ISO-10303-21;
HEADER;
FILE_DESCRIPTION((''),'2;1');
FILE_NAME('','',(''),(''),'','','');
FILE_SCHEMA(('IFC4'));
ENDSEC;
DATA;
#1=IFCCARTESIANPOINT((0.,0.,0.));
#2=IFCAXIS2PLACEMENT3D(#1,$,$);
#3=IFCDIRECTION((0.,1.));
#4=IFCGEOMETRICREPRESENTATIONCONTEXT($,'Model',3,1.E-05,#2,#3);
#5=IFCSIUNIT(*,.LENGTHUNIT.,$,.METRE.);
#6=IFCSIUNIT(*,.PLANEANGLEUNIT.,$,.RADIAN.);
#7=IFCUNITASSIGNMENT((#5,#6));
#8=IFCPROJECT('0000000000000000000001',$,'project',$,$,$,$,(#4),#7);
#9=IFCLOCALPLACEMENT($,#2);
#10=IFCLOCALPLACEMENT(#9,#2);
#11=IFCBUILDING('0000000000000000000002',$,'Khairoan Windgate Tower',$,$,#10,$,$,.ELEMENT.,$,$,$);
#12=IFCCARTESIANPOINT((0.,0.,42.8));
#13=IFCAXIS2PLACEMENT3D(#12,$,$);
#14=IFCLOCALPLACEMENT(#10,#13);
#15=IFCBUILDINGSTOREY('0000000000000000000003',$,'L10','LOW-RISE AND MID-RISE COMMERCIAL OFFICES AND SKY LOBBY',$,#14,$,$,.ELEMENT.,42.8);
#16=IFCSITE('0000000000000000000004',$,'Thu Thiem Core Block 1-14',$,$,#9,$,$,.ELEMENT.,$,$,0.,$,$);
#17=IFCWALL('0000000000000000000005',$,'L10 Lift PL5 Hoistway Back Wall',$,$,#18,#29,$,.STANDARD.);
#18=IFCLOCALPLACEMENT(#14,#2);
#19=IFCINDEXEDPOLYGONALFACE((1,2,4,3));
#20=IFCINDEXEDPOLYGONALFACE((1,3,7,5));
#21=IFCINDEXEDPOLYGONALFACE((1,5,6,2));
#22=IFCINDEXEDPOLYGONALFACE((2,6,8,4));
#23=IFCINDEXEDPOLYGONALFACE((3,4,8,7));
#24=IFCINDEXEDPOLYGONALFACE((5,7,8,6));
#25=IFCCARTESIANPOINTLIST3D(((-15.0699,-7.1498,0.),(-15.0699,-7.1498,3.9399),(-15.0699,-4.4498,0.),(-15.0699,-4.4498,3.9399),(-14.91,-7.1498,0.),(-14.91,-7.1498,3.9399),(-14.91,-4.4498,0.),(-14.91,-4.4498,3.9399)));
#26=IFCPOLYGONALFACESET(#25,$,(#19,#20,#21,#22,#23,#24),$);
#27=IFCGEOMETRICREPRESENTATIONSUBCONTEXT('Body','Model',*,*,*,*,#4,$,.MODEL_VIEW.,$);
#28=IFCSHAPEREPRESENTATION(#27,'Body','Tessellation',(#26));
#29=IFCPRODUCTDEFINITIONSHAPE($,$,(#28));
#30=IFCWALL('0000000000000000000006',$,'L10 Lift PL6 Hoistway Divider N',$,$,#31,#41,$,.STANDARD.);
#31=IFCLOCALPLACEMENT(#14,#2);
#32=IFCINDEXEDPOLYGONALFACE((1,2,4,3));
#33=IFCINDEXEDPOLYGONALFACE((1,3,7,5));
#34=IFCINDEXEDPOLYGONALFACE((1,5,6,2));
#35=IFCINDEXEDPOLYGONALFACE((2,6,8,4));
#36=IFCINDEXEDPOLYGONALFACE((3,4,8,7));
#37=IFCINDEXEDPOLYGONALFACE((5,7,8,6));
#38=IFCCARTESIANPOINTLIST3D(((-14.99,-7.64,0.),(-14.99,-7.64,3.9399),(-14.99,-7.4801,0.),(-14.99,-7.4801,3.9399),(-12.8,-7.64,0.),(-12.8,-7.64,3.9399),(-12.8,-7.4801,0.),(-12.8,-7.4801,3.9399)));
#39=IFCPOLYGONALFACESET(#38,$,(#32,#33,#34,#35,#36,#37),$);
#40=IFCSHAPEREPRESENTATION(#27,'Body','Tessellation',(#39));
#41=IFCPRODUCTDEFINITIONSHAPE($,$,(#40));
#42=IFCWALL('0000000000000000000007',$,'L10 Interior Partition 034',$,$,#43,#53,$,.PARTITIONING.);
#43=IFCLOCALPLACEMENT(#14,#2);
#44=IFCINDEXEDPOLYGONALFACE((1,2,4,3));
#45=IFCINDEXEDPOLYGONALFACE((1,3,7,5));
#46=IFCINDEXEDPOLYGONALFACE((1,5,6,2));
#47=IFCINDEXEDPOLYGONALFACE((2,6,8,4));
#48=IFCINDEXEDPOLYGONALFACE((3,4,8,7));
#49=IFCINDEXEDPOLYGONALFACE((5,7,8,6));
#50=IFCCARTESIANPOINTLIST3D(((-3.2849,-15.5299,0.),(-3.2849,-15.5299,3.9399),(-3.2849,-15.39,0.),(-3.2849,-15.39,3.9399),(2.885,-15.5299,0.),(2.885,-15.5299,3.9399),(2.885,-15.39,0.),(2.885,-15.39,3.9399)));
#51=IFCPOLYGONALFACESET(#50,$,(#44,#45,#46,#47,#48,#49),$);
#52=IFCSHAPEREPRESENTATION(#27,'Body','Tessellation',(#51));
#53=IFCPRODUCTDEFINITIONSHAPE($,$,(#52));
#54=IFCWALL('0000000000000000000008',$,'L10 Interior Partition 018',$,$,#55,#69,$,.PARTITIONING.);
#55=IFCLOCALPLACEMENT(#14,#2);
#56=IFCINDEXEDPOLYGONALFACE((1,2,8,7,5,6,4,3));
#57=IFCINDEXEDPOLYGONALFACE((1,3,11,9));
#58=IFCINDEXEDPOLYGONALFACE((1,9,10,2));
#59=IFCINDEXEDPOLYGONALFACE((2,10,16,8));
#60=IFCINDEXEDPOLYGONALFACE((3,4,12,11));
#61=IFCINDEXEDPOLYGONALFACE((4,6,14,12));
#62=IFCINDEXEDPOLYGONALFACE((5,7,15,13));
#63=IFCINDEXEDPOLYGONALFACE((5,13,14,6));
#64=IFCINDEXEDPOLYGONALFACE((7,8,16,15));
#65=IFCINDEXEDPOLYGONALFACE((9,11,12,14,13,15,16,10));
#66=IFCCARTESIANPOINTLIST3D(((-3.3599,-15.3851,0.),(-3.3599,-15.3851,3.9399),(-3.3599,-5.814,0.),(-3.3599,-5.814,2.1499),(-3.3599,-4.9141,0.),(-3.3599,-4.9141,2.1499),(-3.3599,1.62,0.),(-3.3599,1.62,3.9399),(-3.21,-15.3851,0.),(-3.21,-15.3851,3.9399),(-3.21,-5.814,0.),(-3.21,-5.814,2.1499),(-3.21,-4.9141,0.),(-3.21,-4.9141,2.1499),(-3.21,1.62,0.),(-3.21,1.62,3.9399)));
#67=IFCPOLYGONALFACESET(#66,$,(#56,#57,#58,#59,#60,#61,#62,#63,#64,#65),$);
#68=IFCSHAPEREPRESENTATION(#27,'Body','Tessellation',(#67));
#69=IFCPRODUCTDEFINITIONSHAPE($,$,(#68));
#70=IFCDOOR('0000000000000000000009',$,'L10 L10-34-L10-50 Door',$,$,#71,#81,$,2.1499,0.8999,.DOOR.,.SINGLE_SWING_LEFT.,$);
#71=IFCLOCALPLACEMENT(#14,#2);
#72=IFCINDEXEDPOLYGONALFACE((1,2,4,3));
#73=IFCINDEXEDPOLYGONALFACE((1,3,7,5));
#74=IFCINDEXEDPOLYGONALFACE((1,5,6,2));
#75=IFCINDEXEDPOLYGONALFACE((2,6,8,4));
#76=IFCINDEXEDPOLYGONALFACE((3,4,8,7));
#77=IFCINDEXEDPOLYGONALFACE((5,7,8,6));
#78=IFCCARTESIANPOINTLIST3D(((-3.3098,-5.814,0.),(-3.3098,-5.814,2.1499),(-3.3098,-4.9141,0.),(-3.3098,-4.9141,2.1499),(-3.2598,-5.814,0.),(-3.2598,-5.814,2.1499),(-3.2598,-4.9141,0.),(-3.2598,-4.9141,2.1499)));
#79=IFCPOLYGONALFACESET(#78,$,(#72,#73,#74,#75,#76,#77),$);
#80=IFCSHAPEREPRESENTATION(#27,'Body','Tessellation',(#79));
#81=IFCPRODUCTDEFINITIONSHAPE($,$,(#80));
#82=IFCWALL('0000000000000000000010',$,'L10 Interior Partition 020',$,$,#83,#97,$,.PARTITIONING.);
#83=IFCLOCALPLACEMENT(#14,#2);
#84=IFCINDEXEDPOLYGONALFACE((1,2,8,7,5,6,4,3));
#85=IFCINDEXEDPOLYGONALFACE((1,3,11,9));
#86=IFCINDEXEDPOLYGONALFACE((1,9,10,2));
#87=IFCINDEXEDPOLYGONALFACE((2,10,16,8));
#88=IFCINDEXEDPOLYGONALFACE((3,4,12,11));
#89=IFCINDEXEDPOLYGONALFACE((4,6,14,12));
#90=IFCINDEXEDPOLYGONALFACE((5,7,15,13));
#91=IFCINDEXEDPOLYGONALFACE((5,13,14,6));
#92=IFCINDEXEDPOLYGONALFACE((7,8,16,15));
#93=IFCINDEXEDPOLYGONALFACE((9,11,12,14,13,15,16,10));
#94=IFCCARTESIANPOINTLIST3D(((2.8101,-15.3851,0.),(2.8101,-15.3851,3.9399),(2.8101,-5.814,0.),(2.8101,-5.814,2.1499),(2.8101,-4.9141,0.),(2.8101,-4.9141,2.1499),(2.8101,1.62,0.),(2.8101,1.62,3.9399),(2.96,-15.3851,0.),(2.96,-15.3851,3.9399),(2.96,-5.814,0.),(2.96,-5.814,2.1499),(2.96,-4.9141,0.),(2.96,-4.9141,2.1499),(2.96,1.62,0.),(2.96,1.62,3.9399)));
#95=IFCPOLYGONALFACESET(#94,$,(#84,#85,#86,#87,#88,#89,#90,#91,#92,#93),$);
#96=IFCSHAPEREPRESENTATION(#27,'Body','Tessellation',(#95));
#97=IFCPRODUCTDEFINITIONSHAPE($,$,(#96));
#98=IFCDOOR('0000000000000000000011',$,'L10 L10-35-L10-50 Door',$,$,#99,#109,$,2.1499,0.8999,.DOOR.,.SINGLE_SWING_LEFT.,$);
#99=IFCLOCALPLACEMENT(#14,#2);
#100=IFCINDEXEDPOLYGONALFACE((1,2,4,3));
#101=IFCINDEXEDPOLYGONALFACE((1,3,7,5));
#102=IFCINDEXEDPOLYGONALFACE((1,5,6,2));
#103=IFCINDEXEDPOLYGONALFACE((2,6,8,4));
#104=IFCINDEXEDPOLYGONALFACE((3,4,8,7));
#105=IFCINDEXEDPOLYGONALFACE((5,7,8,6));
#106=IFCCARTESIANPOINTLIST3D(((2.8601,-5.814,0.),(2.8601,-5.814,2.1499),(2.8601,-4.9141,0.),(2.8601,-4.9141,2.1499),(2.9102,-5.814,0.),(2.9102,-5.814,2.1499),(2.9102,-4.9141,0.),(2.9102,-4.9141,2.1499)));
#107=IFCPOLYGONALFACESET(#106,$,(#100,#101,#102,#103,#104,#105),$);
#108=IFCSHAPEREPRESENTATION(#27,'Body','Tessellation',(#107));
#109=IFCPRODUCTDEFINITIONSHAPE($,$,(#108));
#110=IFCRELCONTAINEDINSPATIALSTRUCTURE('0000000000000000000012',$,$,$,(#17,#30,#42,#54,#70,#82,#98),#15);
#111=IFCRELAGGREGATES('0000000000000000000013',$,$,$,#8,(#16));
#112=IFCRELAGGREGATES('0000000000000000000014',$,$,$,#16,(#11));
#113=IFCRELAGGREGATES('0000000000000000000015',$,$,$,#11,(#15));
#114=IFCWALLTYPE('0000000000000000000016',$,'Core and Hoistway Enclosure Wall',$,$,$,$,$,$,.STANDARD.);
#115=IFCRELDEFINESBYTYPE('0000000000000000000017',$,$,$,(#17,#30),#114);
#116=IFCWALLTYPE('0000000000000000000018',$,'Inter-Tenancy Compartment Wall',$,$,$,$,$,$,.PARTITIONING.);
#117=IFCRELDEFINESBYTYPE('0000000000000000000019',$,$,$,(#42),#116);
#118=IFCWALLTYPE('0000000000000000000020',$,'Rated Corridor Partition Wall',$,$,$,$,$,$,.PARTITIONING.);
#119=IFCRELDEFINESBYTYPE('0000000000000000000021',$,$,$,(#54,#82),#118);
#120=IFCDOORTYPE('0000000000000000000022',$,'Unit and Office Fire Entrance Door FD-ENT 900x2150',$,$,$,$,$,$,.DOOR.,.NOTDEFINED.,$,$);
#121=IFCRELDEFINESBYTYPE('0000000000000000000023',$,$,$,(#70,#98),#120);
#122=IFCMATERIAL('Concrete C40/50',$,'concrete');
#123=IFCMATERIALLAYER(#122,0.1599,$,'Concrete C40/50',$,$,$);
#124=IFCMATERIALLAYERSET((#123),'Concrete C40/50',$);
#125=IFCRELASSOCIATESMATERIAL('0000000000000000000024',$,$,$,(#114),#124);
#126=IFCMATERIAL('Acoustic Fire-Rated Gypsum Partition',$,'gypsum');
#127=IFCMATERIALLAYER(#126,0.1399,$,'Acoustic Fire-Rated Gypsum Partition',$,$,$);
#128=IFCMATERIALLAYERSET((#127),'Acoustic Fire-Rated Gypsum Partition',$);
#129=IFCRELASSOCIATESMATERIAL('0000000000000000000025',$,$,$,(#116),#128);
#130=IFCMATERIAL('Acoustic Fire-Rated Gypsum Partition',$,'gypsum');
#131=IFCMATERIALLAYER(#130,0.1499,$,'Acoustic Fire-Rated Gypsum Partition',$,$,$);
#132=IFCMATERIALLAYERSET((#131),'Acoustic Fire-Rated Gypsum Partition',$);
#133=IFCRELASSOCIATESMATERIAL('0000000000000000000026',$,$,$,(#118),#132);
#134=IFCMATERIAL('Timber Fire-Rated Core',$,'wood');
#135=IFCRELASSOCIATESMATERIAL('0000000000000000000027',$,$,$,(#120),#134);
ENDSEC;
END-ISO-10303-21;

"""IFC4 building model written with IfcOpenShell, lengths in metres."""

from ifc_helpers import new_model, si_unit, direction, frame, frame_2d, origin, place, context, subcontext, project, spatial, rectangle, extrude, material, layer, layer_set, type_object, element, fill, save


model = new_model("IFC4")

# Units and contexts
model_context = context("Model", 3, precision=1e-05, world=origin(), true_north=direction((0.0, 1.0)))
body_context = subcontext(model_context, "Body", "Model", "MODEL_VIEW")
ifc_project = project(units=[si_unit("LENGTHUNIT", "METRE"), si_unit("PLANEANGLEUNIT", "RADIAN")], contexts=[model_context])

# Site, building, storey
site_placement = place(None, origin())
site = spatial("IfcSite", under=ifc_project, at=site_placement, Name="Thu Thiem Core Block 1-14", CompositionType="ELEMENT", RefElevation=0.0)
building_placement = place(site_placement, origin())
building = spatial("IfcBuilding", under=site, at=building_placement, Name="Khairoan Windgate Tower", CompositionType="ELEMENT")
storey_placement = place(building_placement, frame((0.0, 0.0, 42.8)))
storey = spatial("IfcBuildingStorey", under=building, at=storey_placement, Name="L10", Description="LOW-RISE AND MID-RISE COMMERCIAL OFFICES AND SKY LOBBY", CompositionType="ELEMENT", Elevation=42.8)

# Walls
ifc_material_1 = material(Name="Concrete C40/50", Category="concrete")
ifc_layer_1 = layer(ifc_material_1, 0.1599, Name="Concrete C40/50")
ifc_layer_set_1 = layer_set([ifc_layer_1], Name="Concrete C40/50")
wall_type_1 = type_object("IfcWallType", Name="Core and Hoistway Enclosure Wall", PredefinedType="STANDARD", material=ifc_layer_set_1)
wall_1_placement = place(storey_placement, frame((-14.99, -7.1499, 0.0), z_axis=(0.0, 0.0, 1.0), x_axis=(0.0, 1.0, 0.0)))
element("IfcWall", 1, at=wall_1_placement, inside=storey, type_object=wall_type_1, Name="L10 Lift PL5 Hoistway Back Wall", PredefinedType="STANDARD", context=body_context, shape_type="SweptSolid", body=[
    extrude(rectangle(XDim=2.7, YDim=0.1599, at=frame_2d((1.3501, 0.0))), origin(), (0.0, 0.0, 1.0), 3.9399),
])
wall_2_placement = place(storey_placement, frame((-14.99, -7.5601, 0.0), z_axis=(0.0, 0.0, 1.0), x_axis=(1.0, 0.0, 0.0)))
element("IfcWall", 2, at=wall_2_placement, inside=storey, type_object=wall_type_1, Name="L10 Lift PL6 Hoistway Divider N", PredefinedType="STANDARD", context=body_context, shape_type="SweptSolid", body=[
    extrude(rectangle(XDim=2.1899, YDim=0.1599, at=frame_2d((1.095, 0.0))), origin(), (0.0, 0.0, 1.0), 3.9399),
])
ifc_material_2 = material(Name="Acoustic Fire-Rated Gypsum Partition", Category="gypsum")
ifc_layer_2 = layer(ifc_material_2, 0.1399, Name="Acoustic Fire-Rated Gypsum Partition")
ifc_layer_set_2 = layer_set([ifc_layer_2], Name="Acoustic Fire-Rated Gypsum Partition")
wall_type_2 = type_object("IfcWallType", Name="Inter-Tenancy Compartment Wall", PredefinedType="PARTITIONING", material=ifc_layer_set_2)
wall_3_placement = place(storey_placement, frame((-3.2849, -15.46, 0.0), z_axis=(0.0, 0.0, 1.0), x_axis=(1.0, 0.0, 0.0)))
element("IfcWall", 3, at=wall_3_placement, inside=storey, type_object=wall_type_2, Name="L10 Interior Partition 034", PredefinedType="PARTITIONING", context=body_context, shape_type="SweptSolid", body=[
    extrude(rectangle(XDim=6.1699, YDim=0.1399, at=frame_2d((3.085, 0.0))), origin(), (0.0, 0.0, 1.0), 3.9399),
])

# Walls, openings, doors
ifc_material_3 = material(Name="Acoustic Fire-Rated Gypsum Partition", Category="gypsum")
ifc_layer_3 = layer(ifc_material_3, 0.1499, Name="Acoustic Fire-Rated Gypsum Partition")
ifc_layer_set_3 = layer_set([ifc_layer_3], Name="Acoustic Fire-Rated Gypsum Partition")
wall_type_3 = type_object("IfcWallType", Name="Rated Corridor Partition Wall", PredefinedType="PARTITIONING", material=ifc_layer_set_3)
wall_4_placement = place(storey_placement, frame((-3.2849, -15.385, 0.0), z_axis=(0.0, 0.0, 1.0), x_axis=(0.0, 1.0, 0.0)))
wall_4 = element("IfcWall", 4, at=wall_4_placement, inside=storey, type_object=wall_type_3, Name="L10 Interior Partition 018", PredefinedType="PARTITIONING", context=body_context, shape_type="SweptSolid", body=[
    extrude(rectangle(XDim=17.0051, YDim=0.1499, at=frame_2d((8.5024, 0.0))), origin(), (0.0, 0.0, 1.0), 3.9399),
])
opening_1_placement = place(wall_4_placement, frame((9.571, 0.0, 0.0)))
opening_1 = element("IfcOpeningElement", 5, at=opening_1_placement, cuts=wall_4, PredefinedType="OPENING", context=body_context, shape_type="SweptSolid", body=[
    extrude(rectangle(XDim=0.8999, YDim=2.1499, at=frame_2d((0.45, 1.075))), frame((0.0, 0.085, 0.0), z_axis=(0.0, -1.0, 0.0), x_axis=(1.0, 0.0, 0.0)), (0.0, 0.0, 1.0), 0.1699),
])
ifc_material_4 = material(Name="Timber Fire-Rated Core", Category="wood")
door_type_1 = type_object("IfcDoorType", Name="Unit and Office Fire Entrance Door FD-ENT 900x2150", OperationType="NOTDEFINED", PredefinedType="DOOR", material=ifc_material_4)
door_1_placement = place(opening_1_placement, origin())
door_1 = element("IfcDoor", 6, at=door_1_placement, inside=storey, type_object=door_type_1, Name="L10 L10-34-L10-50 Door", OperationType="SINGLE_SWING_LEFT", OverallHeight=2.1499, OverallWidth=0.8999, PredefinedType="DOOR", context=body_context, shape_type="SweptSolid", body=[
    extrude(rectangle(XDim=0.8999, YDim=2.1499, at=frame_2d((0.45, 1.075))), frame((0.0, 0.0249, 0.0), z_axis=(0.0, -1.0, 0.0), x_axis=(1.0, 0.0, 0.0)), (0.0, 0.0, 1.0), 0.05),
])
fill(opening_1, door_1)
wall_5_placement = place(storey_placement, frame((2.885, -15.385, 0.0), z_axis=(0.0, 0.0, 1.0), x_axis=(0.0, 1.0, 0.0)))
wall_5 = element("IfcWall", 7, at=wall_5_placement, inside=storey, type_object=wall_type_3, Name="L10 Interior Partition 020", PredefinedType="PARTITIONING", context=body_context, shape_type="SweptSolid", body=[
    extrude(rectangle(XDim=17.0051, YDim=0.1499, at=frame_2d((8.5024, 0.0))), origin(), (0.0, 0.0, 1.0), 3.9399),
])
opening_2_placement = place(wall_5_placement, frame((9.571, 0.0, 0.0)))
opening_2 = element("IfcOpeningElement", 8, at=opening_2_placement, cuts=wall_5, PredefinedType="OPENING", context=body_context, shape_type="SweptSolid", body=[
    extrude(rectangle(XDim=0.8999, YDim=2.1499, at=frame_2d((0.45, 1.075))), frame((0.0, 0.085, 0.0), z_axis=(0.0, -1.0, 0.0), x_axis=(1.0, 0.0, 0.0)), (0.0, 0.0, 1.0), 0.1699),
])
door_2_placement = place(opening_2_placement, origin())
door_2 = element("IfcDoor", 9, at=door_2_placement, inside=storey, type_object=door_type_1, Name="L10 L10-35-L10-50 Door", OperationType="SINGLE_SWING_LEFT", OverallHeight=2.1499, OverallWidth=0.8999, PredefinedType="DOOR", context=body_context, shape_type="SweptSolid", body=[
    extrude(rectangle(XDim=0.8999, YDim=2.1499, at=frame_2d((0.45, 1.075))), frame((0.0, 0.0249, 0.0), z_axis=(0.0, -1.0, 0.0), x_axis=(1.0, 0.0, 0.0)), (0.0, 0.0, 1.0), 0.05),
])
fill(opening_2, door_2)

save(model, "model.ifc")
